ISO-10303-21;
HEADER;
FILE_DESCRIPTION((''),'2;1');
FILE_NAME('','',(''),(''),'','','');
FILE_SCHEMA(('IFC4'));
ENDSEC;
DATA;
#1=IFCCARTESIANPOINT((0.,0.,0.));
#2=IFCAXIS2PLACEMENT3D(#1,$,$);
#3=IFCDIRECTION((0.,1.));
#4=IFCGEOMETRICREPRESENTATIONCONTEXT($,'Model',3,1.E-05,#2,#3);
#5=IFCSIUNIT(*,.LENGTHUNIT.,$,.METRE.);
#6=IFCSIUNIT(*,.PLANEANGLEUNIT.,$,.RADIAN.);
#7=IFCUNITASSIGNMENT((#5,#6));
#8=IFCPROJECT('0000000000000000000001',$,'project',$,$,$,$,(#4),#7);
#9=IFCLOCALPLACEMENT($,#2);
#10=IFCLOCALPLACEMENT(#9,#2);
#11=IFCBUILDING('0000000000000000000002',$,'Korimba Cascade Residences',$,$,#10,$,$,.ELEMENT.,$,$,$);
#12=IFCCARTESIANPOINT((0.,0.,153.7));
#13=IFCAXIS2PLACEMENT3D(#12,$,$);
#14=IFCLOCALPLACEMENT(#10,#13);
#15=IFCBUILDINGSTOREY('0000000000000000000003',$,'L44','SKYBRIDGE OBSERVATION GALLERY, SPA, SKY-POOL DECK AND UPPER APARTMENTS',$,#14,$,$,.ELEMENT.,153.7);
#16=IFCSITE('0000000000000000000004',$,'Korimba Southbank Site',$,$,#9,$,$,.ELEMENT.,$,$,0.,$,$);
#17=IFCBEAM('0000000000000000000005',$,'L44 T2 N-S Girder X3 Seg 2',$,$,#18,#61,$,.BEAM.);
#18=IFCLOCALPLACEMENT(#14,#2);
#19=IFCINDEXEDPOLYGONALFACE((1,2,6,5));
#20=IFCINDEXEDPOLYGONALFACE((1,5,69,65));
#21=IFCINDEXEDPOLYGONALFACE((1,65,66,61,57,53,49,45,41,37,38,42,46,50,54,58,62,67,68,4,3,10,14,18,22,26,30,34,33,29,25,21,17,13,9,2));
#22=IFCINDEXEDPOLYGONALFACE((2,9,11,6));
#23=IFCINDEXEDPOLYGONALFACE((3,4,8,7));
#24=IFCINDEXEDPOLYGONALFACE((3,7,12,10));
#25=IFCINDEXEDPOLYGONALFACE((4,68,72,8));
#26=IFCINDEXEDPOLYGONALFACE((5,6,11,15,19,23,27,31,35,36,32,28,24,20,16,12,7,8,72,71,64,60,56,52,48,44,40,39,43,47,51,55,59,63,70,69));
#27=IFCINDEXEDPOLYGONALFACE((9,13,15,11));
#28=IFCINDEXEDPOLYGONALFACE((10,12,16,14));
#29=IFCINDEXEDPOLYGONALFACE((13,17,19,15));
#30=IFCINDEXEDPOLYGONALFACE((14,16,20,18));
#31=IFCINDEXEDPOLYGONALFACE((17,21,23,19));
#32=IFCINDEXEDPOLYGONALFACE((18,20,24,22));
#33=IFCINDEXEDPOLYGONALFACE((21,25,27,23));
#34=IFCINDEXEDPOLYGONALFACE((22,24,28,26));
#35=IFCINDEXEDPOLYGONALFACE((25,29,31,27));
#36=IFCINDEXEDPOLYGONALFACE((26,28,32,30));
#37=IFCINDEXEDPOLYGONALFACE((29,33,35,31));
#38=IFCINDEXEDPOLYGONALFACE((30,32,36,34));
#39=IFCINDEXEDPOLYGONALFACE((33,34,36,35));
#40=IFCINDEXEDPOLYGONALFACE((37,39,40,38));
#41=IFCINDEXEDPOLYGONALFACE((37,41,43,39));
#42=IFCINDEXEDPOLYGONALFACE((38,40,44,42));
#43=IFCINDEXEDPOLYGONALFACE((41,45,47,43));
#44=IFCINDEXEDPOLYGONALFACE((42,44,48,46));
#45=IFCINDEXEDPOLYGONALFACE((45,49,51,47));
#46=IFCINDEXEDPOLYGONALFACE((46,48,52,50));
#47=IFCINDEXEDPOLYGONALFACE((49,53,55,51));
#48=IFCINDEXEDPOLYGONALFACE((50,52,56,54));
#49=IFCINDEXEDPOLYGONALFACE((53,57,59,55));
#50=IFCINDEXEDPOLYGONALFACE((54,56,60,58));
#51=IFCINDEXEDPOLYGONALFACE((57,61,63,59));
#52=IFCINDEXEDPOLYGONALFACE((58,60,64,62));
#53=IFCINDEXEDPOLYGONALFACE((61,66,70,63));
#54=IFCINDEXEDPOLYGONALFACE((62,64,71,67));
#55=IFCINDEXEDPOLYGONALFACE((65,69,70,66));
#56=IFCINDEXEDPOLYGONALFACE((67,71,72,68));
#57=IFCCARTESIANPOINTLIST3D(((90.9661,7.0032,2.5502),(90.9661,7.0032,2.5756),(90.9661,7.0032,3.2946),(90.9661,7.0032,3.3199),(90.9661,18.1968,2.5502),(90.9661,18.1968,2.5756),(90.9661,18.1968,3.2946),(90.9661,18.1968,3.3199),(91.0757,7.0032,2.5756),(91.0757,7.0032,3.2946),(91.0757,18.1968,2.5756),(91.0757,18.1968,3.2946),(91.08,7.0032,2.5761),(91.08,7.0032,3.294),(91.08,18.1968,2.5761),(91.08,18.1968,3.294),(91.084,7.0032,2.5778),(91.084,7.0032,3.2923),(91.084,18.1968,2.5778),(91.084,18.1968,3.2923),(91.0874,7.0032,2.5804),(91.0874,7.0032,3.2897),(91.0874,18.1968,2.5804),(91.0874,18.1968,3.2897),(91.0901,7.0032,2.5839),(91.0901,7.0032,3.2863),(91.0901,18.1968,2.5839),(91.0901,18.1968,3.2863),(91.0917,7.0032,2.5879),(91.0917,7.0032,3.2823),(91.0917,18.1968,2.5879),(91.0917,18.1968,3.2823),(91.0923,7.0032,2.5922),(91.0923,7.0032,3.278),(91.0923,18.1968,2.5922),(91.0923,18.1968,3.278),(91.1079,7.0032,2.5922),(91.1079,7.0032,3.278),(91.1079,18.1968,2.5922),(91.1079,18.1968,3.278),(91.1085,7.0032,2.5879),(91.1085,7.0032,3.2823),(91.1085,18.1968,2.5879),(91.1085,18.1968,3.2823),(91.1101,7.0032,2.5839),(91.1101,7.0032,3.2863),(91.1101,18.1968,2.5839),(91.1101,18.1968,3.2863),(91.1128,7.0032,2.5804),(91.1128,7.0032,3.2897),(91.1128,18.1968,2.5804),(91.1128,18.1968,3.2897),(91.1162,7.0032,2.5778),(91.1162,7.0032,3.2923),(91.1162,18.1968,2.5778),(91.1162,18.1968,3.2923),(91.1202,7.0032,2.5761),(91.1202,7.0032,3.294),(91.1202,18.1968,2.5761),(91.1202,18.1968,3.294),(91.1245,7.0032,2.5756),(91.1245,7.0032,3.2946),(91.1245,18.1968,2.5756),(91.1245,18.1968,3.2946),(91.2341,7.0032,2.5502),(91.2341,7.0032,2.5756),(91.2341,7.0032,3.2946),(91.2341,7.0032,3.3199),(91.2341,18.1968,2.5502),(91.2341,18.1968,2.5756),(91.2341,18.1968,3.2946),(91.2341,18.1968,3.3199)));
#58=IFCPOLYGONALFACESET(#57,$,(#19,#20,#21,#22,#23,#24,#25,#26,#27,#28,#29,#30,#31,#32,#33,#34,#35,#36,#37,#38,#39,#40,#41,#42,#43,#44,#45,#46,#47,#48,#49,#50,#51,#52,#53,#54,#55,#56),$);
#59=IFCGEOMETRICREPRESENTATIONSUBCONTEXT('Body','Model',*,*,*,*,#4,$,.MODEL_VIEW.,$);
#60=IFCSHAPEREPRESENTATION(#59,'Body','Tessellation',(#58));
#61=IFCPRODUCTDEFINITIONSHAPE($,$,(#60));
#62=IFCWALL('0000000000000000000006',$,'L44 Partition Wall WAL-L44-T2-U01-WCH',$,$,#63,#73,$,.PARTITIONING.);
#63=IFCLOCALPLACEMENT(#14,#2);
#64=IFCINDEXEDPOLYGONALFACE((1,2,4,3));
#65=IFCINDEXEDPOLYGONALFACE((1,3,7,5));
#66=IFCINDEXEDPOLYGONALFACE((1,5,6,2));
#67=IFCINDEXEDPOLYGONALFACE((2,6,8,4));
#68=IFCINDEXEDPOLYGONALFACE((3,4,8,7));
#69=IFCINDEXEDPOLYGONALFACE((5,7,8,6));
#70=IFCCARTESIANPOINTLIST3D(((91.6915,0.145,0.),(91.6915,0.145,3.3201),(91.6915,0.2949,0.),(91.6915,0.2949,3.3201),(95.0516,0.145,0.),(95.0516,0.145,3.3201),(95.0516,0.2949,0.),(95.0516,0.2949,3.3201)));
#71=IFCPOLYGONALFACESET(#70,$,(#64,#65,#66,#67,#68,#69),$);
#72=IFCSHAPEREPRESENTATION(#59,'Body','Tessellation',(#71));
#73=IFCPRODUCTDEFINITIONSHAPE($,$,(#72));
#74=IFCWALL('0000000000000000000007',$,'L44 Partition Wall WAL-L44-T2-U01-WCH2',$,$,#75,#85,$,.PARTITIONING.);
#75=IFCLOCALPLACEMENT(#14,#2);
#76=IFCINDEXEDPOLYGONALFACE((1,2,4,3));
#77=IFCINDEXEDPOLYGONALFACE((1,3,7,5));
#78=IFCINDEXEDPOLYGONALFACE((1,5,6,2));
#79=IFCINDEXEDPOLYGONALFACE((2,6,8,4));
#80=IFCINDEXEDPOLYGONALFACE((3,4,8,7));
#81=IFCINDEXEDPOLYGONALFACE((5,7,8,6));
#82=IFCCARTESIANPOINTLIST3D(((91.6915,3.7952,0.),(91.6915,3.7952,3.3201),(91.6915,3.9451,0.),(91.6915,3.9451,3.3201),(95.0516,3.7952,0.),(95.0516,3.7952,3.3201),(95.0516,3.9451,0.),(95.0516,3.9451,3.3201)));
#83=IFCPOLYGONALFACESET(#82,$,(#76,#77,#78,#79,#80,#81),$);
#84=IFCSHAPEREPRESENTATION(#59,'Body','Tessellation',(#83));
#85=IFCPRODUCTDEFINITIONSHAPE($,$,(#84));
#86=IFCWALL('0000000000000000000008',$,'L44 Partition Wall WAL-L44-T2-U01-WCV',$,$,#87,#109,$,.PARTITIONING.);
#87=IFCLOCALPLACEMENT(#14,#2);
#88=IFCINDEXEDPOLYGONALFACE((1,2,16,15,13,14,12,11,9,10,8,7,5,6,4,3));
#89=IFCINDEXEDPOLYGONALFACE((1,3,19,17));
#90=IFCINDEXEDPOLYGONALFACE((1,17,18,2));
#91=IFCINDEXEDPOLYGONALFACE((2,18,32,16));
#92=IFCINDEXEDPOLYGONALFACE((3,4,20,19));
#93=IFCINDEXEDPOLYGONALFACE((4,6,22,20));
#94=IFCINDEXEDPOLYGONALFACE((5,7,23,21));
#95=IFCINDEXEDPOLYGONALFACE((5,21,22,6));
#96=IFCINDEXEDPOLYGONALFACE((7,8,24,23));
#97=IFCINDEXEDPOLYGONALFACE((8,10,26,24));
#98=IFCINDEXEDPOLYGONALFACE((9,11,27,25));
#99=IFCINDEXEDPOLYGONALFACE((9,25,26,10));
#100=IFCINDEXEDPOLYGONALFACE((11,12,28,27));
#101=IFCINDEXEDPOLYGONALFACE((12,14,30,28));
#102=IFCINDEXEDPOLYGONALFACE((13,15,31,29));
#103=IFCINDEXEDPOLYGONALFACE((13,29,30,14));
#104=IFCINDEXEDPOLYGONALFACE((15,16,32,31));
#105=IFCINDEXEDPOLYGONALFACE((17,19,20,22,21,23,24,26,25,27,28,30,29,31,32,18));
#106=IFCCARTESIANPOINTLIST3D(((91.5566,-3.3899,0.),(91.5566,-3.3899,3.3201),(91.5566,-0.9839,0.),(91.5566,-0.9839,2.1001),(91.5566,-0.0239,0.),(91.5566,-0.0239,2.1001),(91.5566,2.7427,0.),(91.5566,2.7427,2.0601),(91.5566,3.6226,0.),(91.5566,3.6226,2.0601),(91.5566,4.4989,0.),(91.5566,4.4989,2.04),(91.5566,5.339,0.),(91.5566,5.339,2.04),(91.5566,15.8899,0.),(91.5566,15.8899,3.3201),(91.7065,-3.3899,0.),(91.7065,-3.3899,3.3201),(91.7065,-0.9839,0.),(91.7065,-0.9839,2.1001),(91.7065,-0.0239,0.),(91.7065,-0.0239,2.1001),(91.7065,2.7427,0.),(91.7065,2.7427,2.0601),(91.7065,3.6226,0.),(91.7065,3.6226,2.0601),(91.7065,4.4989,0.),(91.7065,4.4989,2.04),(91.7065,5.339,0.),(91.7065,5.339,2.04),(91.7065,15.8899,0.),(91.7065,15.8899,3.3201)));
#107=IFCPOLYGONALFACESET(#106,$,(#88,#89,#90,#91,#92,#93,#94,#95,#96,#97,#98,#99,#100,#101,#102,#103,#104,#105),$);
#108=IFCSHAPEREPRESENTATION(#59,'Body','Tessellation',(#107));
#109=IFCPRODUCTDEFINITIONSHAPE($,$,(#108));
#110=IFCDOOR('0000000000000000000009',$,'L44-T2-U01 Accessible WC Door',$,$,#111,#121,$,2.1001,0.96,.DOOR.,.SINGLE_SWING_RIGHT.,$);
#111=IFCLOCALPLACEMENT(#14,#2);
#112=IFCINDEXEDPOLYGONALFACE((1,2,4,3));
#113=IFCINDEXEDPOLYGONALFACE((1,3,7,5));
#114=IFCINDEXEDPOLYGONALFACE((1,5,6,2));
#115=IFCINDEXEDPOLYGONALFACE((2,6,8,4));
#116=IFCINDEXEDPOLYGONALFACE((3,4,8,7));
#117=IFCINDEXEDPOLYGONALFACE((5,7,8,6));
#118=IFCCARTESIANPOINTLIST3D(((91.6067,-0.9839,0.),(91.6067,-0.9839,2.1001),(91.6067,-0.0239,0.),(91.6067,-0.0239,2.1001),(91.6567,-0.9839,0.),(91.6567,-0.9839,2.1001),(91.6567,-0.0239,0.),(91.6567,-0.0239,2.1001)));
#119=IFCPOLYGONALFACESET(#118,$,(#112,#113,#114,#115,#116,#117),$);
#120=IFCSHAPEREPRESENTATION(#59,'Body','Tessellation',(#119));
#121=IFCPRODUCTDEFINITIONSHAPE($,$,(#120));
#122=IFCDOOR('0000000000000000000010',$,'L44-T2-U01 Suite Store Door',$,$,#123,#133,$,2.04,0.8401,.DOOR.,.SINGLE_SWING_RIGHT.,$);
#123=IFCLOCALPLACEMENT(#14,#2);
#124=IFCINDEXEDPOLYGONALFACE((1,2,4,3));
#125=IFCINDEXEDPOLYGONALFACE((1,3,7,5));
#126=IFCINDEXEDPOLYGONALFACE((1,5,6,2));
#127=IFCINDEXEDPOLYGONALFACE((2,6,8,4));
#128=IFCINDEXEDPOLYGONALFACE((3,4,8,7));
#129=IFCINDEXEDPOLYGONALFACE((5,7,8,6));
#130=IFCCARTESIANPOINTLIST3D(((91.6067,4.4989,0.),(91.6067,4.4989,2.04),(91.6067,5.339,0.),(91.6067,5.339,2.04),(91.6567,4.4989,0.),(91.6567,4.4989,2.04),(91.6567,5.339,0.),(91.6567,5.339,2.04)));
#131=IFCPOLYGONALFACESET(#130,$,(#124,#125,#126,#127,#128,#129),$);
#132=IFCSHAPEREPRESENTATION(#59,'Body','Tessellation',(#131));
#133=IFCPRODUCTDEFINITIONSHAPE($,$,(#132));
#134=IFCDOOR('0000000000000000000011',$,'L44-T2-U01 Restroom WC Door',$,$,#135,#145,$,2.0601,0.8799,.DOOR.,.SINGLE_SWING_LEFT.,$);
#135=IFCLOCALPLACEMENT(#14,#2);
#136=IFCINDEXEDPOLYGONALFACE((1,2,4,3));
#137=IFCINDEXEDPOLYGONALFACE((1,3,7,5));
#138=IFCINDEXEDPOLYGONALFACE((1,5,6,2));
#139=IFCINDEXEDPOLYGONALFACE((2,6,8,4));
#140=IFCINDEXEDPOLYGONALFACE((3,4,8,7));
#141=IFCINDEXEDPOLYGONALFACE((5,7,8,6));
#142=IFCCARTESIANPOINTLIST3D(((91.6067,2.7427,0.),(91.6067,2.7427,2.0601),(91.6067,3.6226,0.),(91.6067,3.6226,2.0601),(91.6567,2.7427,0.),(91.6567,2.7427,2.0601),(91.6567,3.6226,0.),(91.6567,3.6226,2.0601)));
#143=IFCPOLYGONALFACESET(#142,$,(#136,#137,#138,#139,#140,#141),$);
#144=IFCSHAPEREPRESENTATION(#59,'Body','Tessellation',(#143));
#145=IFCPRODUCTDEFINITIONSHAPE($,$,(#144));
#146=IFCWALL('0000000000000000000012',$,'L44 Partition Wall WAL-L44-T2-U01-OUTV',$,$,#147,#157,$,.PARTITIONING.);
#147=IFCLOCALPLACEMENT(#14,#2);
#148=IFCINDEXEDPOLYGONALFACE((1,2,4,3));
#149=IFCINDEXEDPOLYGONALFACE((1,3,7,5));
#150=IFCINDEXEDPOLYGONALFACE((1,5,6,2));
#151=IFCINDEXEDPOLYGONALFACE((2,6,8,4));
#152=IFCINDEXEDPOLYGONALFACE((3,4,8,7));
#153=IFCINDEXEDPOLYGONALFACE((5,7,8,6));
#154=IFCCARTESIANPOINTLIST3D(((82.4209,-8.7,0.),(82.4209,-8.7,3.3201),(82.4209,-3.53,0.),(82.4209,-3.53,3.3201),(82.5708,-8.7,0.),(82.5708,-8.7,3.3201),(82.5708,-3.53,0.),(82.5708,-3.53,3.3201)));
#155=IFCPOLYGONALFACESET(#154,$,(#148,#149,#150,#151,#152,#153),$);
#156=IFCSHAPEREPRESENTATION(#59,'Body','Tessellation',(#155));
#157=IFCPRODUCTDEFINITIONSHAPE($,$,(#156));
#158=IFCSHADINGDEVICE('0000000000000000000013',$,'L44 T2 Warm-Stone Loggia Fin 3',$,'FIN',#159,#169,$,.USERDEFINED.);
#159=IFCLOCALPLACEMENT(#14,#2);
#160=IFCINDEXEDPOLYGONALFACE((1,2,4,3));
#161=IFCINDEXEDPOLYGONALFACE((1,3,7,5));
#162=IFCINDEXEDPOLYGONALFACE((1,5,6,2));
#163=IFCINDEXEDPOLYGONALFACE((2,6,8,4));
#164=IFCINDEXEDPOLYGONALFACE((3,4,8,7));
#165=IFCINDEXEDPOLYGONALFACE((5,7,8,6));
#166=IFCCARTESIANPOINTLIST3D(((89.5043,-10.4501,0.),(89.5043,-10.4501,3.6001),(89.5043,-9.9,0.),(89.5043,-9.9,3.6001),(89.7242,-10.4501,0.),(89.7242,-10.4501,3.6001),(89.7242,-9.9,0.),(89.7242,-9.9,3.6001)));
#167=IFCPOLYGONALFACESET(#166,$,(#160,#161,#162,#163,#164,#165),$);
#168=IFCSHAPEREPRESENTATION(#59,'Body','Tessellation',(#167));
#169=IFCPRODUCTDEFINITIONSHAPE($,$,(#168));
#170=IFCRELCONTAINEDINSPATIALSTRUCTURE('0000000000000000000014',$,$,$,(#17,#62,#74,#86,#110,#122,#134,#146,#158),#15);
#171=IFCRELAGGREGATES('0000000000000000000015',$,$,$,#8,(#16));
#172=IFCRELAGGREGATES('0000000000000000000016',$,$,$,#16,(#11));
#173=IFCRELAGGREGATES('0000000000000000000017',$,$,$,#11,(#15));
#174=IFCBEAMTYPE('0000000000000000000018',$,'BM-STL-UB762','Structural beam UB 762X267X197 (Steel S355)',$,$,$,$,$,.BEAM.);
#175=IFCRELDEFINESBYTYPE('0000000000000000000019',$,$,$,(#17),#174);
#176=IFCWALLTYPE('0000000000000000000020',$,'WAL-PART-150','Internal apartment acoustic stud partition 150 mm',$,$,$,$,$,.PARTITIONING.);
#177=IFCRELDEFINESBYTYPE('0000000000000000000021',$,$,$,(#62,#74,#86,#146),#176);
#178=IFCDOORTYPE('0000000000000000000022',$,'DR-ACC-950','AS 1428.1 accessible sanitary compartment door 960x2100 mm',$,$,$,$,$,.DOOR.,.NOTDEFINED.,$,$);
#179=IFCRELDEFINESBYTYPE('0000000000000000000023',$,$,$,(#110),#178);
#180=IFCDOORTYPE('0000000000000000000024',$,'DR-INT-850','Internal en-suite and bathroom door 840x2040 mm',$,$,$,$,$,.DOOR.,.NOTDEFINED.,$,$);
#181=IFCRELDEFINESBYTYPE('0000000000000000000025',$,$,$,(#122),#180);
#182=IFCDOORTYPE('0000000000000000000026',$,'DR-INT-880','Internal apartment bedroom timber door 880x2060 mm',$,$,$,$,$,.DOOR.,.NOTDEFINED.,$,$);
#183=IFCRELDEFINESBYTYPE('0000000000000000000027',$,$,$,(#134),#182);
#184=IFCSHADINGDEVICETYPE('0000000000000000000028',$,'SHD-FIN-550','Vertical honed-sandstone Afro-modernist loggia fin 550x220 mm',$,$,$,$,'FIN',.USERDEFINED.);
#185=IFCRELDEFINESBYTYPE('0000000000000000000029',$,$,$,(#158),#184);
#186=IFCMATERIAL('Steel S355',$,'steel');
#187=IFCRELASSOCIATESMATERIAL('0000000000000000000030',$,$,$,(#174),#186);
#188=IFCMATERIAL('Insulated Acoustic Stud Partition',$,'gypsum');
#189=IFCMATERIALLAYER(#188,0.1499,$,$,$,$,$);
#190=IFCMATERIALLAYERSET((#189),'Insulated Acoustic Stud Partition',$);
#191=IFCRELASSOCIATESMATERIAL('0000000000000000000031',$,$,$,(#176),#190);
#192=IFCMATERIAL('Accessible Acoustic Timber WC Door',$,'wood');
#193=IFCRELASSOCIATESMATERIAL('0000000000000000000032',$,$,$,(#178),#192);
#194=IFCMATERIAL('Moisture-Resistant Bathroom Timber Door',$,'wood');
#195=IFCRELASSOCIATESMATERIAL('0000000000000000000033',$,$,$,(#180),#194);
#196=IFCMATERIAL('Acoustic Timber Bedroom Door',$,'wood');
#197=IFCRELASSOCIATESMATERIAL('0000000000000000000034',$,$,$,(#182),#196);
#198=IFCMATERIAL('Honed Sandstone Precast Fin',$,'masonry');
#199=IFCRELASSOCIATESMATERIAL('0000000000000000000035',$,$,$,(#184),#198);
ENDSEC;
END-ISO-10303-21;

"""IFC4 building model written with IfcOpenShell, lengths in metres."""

from ifc_helpers import new_model, si_unit, direction, frame, frame_2d, origin, origin_2d, place, context, subcontext, project, spatial, rectangle, i_section, extrude, material, layer, layer_set, material_profile, profile_set, type_object, element, fill, save


model = new_model("IFC4")

# Units and contexts
model_context = context("Model", 3, precision=1e-05, world=origin(), true_north=direction((0.0, 1.0)))
body_context = subcontext(model_context, "Body", "Model", "MODEL_VIEW")
ifc_project = project(units=[si_unit("LENGTHUNIT", "METRE"), si_unit("PLANEANGLEUNIT", "RADIAN")], contexts=[model_context])

# Site, building, storey
site_placement = place(None, origin())
site = spatial("IfcSite", under=ifc_project, at=site_placement, Name="Korimba Southbank Site", CompositionType="ELEMENT", RefElevation=0.0)
building_placement = place(site_placement, origin())
building = spatial("IfcBuilding", under=site, at=building_placement, Name="Korimba Cascade Residences", CompositionType="ELEMENT")
storey_placement = place(building_placement, frame((0.0, 0.0, 153.7)))
storey = spatial("IfcBuildingStorey", under=building, at=storey_placement, Name="L44", Description="SKYBRIDGE OBSERVATION GALLERY, SPA, SKY-POOL DECK AND UPPER APARTMENTS", CompositionType="ELEMENT", Elevation=153.7)

# Beam
ifc_material_1 = material(Name="Steel S355", Category="steel")
ifc_material_profile_1 = material_profile(ifc_material_1, i_section(OverallWidth=0.2681, OverallDepth=0.7698, WebThickness=0.0156, FlangeThickness=0.0254, FilletRadius=0.0166, at=origin_2d()), Name="Steel S355")
ifc_profile_set_1 = profile_set([ifc_material_profile_1], Name="Steel S355")
beam_type_1 = type_object("IfcBeamType", Name="BM-STL-UB762", Description="Structural beam UB 762X267X197 (Steel S355)", PredefinedType="BEAM", material=ifc_profile_set_1)
beam_1_placement = place(storey_placement, frame((91.1001, 7.0032, 2.9351), z_axis=(0.0, 1.0, 0.0), x_axis=(-1.0, 0.0, 0.0)))
element("IfcBeam", 1, at=beam_1_placement, inside=storey, type_object=beam_type_1, Name="L44 T2 N-S Girder X3 Seg 2", PredefinedType="BEAM", context=body_context, shape_type="SweptSolid", body=[
    extrude(i_section(OverallWidth=0.2681, OverallDepth=0.7698, WebThickness=0.0156, FlangeThickness=0.0254, FilletRadius=0.0166, at=origin_2d()), origin(), (0.0, 0.0, 1.0), 11.1936),
])

# Walls
ifc_material_2 = material(Name="Insulated Acoustic Stud Partition", Category="gypsum")
ifc_layer = layer(ifc_material_2, 0.1499)
ifc_layer_set = layer_set([ifc_layer], Name="Insulated Acoustic Stud Partition")
wall_type = type_object("IfcWallType", Name="WAL-PART-150", Description="Internal apartment acoustic stud partition 150 mm", PredefinedType="PARTITIONING", material=ifc_layer_set)
for number, where, z_axis, x_axis, name in (
    (2, (91.6914, 0.22, 0.0), (0.0, 0.0, 1.0), (1.0, 0.0, 0.0), "L44 Partition Wall WAL-L44-T2-U01-WCH"),
    (3, (91.6914, 3.8701, 0.0), (0.0, 0.0, 1.0), (1.0, 0.0, 0.0), "L44 Partition Wall WAL-L44-T2-U01-WCH2"),
):
    element("IfcWall", number, at=place(storey_placement, frame(where, z_axis=z_axis, x_axis=x_axis)), inside=storey, type_object=wall_type, Name=name, PredefinedType="PARTITIONING", context=body_context, shape_type="SweptSolid", body=[
        extrude(rectangle(XDim=3.3601, YDim=0.1499, at=frame_2d((1.6802, 0.0))), origin(), (0.0, 0.0, 1.0), 3.3201),
    ])

# Wall, openings, doors
wall_1_placement = place(storey_placement, frame((91.6316, -3.3899, 0.0), z_axis=(0.0, 0.0, 1.0), x_axis=(0.0, 1.0, 0.0)))
wall_1 = element("IfcWall", 4, at=wall_1_placement, inside=storey, type_object=wall_type, Name="L44 Partition Wall WAL-L44-T2-U01-WCV", PredefinedType="PARTITIONING", context=body_context, shape_type="SweptSolid", body=[
    extrude(rectangle(XDim=19.2798, YDim=0.1499, at=frame_2d((9.6399, 0.0))), origin(), (0.0, 0.0, 1.0), 3.3201),
])
opening_1_placement = place(wall_1_placement, frame((2.406, 0.0, 0.0)))
opening_1 = element("IfcOpeningElement", 5, at=opening_1_placement, cuts=wall_1, PredefinedType="OPENING", context=body_context, shape_type="SweptSolid", body=[
    extrude(rectangle(XDim=0.96, YDim=2.1001, at=frame_2d((0.48, 1.05))), frame((0.0, 0.085, 0.0), z_axis=(0.0, -1.0, 0.0), x_axis=(1.0, 0.0, 0.0)), (0.0, 0.0, 1.0), 0.1699),
])
opening_2_placement = place(wall_1_placement, frame((6.1326, 0.0, 0.0)))
opening_2 = element("IfcOpeningElement", 6, at=opening_2_placement, cuts=wall_1, PredefinedType="OPENING", context=body_context, shape_type="SweptSolid", body=[
    extrude(rectangle(XDim=0.8799, YDim=2.0601, at=frame_2d((0.4399, 1.03))), frame((0.0, 0.085, 0.0), z_axis=(0.0, -1.0, 0.0), x_axis=(1.0, 0.0, 0.0)), (0.0, 0.0, 1.0), 0.1699),
])
opening_3_placement = place(wall_1_placement, frame((7.8889, 0.0, 0.0)))
opening_3 = element("IfcOpeningElement", 7, at=opening_3_placement, cuts=wall_1, PredefinedType="OPENING", context=body_context, shape_type="SweptSolid", body=[
    extrude(rectangle(XDim=0.8401, YDim=2.04, at=frame_2d((0.4199, 1.02))), frame((0.0, 0.085, 0.0), z_axis=(0.0, -1.0, 0.0), x_axis=(1.0, 0.0, 0.0)), (0.0, 0.0, 1.0), 0.1699),
])
ifc_material_3 = material(Name="Accessible Acoustic Timber WC Door", Category="wood")
door_type_1 = type_object("IfcDoorType", Name="DR-ACC-950", Description="AS 1428.1 accessible sanitary compartment door 960x2100 mm", OperationType="NOTDEFINED", PredefinedType="DOOR", material=ifc_material_3)
door_1_placement = place(opening_1_placement, origin())
door_1 = element("IfcDoor", 8, at=door_1_placement, inside=storey, type_object=door_type_1, Name="L44-T2-U01 Accessible WC Door", OperationType="SINGLE_SWING_RIGHT", OverallHeight=2.1001, OverallWidth=0.96, PredefinedType="DOOR", context=body_context, shape_type="SweptSolid", body=[
    extrude(rectangle(XDim=0.96, YDim=2.1001, at=frame_2d((0.48, 1.05))), frame((0.0, 0.0249, 0.0), z_axis=(0.0, -1.0, 0.0), x_axis=(1.0, 0.0, 0.0)), (0.0, 0.0, 1.0), 0.05),
])
fill(opening_1, door_1)
ifc_material_4 = material(Name="Moisture-Resistant Bathroom Timber Door", Category="wood")
door_type_2 = type_object("IfcDoorType", Name="DR-INT-850", Description="Internal en-suite and bathroom door 840x2040 mm", OperationType="NOTDEFINED", PredefinedType="DOOR", material=ifc_material_4)
door_2_placement = place(opening_3_placement, origin())
door_2 = element("IfcDoor", 9, at=door_2_placement, inside=storey, type_object=door_type_2, Name="L44-T2-U01 Suite Store Door", OperationType="SINGLE_SWING_RIGHT", OverallHeight=2.04, OverallWidth=0.8401, PredefinedType="DOOR", context=body_context, shape_type="SweptSolid", body=[
    extrude(rectangle(XDim=0.8401, YDim=2.04, at=frame_2d((0.4199, 1.02))), frame((0.0, 0.0249, 0.0), z_axis=(0.0, -1.0, 0.0), x_axis=(1.0, 0.0, 0.0)), (0.0, 0.0, 1.0), 0.05),
])
fill(opening_3, door_2)
ifc_material_5 = material(Name="Acoustic Timber Bedroom Door", Category="wood")
door_type_3 = type_object("IfcDoorType", Name="DR-INT-880", Description="Internal apartment bedroom timber door 880x2060 mm", OperationType="NOTDEFINED", PredefinedType="DOOR", material=ifc_material_5)
door_3_placement = place(opening_2_placement, origin())
door_3 = element("IfcDoor", 10, at=door_3_placement, inside=storey, type_object=door_type_3, Name="L44-T2-U01 Restroom WC Door", OperationType="SINGLE_SWING_LEFT", OverallHeight=2.0601, OverallWidth=0.8799, PredefinedType="DOOR", context=body_context, shape_type="SweptSolid", body=[
    extrude(rectangle(XDim=0.8799, YDim=2.0601, at=frame_2d((0.4399, 1.03))), frame((0.0, 0.0249, 0.0), z_axis=(0.0, -1.0, 0.0), x_axis=(1.0, 0.0, 0.0)), (0.0, 0.0, 1.0), 0.05),
])
fill(opening_2, door_3)

# Wall
wall_2_placement = place(storey_placement, frame((82.4958, -8.7, 0.0), z_axis=(0.0, 0.0, 1.0), x_axis=(0.0, 1.0, 0.0)))
element("IfcWall", 11, at=wall_2_placement, inside=storey, type_object=wall_type, Name="L44 Partition Wall WAL-L44-T2-U01-OUTV", PredefinedType="PARTITIONING", context=body_context, shape_type="SweptSolid", body=[
    extrude(rectangle(XDim=5.1699, YDim=0.1499, at=frame_2d((2.585, 0.0))), origin(), (0.0, 0.0, 1.0), 3.3201),
])

# Shading device
ifc_material_6 = material(Name="Honed Sandstone Precast Fin", Category="masonry")
shading_device_type = type_object("IfcShadingDeviceType", Name="SHD-FIN-550", Description="Vertical honed-sandstone Afro-modernist loggia fin 550x220 mm", ElementType="FIN", PredefinedType="USERDEFINED", material=ifc_material_6)
shading_device_placement = place(storey_placement, frame((89.6143, -10.175, 0.0), z_axis=(0.0, 0.0, 1.0), x_axis=(1.0, 0.0, 0.0)))
element("IfcShadingDevice", 12, at=shading_device_placement, inside=storey, type_object=shading_device_type, Name="L44 T2 Warm-Stone Loggia Fin 3", ObjectType="FIN", PredefinedType="USERDEFINED", context=body_context, shape_type="SweptSolid", body=[
    extrude(rectangle(XDim=0.22, YDim=0.55, at=origin_2d()), origin(), (0.0, 0.0, 1.0), 3.6001),
])

save(model, "model.ifc")
